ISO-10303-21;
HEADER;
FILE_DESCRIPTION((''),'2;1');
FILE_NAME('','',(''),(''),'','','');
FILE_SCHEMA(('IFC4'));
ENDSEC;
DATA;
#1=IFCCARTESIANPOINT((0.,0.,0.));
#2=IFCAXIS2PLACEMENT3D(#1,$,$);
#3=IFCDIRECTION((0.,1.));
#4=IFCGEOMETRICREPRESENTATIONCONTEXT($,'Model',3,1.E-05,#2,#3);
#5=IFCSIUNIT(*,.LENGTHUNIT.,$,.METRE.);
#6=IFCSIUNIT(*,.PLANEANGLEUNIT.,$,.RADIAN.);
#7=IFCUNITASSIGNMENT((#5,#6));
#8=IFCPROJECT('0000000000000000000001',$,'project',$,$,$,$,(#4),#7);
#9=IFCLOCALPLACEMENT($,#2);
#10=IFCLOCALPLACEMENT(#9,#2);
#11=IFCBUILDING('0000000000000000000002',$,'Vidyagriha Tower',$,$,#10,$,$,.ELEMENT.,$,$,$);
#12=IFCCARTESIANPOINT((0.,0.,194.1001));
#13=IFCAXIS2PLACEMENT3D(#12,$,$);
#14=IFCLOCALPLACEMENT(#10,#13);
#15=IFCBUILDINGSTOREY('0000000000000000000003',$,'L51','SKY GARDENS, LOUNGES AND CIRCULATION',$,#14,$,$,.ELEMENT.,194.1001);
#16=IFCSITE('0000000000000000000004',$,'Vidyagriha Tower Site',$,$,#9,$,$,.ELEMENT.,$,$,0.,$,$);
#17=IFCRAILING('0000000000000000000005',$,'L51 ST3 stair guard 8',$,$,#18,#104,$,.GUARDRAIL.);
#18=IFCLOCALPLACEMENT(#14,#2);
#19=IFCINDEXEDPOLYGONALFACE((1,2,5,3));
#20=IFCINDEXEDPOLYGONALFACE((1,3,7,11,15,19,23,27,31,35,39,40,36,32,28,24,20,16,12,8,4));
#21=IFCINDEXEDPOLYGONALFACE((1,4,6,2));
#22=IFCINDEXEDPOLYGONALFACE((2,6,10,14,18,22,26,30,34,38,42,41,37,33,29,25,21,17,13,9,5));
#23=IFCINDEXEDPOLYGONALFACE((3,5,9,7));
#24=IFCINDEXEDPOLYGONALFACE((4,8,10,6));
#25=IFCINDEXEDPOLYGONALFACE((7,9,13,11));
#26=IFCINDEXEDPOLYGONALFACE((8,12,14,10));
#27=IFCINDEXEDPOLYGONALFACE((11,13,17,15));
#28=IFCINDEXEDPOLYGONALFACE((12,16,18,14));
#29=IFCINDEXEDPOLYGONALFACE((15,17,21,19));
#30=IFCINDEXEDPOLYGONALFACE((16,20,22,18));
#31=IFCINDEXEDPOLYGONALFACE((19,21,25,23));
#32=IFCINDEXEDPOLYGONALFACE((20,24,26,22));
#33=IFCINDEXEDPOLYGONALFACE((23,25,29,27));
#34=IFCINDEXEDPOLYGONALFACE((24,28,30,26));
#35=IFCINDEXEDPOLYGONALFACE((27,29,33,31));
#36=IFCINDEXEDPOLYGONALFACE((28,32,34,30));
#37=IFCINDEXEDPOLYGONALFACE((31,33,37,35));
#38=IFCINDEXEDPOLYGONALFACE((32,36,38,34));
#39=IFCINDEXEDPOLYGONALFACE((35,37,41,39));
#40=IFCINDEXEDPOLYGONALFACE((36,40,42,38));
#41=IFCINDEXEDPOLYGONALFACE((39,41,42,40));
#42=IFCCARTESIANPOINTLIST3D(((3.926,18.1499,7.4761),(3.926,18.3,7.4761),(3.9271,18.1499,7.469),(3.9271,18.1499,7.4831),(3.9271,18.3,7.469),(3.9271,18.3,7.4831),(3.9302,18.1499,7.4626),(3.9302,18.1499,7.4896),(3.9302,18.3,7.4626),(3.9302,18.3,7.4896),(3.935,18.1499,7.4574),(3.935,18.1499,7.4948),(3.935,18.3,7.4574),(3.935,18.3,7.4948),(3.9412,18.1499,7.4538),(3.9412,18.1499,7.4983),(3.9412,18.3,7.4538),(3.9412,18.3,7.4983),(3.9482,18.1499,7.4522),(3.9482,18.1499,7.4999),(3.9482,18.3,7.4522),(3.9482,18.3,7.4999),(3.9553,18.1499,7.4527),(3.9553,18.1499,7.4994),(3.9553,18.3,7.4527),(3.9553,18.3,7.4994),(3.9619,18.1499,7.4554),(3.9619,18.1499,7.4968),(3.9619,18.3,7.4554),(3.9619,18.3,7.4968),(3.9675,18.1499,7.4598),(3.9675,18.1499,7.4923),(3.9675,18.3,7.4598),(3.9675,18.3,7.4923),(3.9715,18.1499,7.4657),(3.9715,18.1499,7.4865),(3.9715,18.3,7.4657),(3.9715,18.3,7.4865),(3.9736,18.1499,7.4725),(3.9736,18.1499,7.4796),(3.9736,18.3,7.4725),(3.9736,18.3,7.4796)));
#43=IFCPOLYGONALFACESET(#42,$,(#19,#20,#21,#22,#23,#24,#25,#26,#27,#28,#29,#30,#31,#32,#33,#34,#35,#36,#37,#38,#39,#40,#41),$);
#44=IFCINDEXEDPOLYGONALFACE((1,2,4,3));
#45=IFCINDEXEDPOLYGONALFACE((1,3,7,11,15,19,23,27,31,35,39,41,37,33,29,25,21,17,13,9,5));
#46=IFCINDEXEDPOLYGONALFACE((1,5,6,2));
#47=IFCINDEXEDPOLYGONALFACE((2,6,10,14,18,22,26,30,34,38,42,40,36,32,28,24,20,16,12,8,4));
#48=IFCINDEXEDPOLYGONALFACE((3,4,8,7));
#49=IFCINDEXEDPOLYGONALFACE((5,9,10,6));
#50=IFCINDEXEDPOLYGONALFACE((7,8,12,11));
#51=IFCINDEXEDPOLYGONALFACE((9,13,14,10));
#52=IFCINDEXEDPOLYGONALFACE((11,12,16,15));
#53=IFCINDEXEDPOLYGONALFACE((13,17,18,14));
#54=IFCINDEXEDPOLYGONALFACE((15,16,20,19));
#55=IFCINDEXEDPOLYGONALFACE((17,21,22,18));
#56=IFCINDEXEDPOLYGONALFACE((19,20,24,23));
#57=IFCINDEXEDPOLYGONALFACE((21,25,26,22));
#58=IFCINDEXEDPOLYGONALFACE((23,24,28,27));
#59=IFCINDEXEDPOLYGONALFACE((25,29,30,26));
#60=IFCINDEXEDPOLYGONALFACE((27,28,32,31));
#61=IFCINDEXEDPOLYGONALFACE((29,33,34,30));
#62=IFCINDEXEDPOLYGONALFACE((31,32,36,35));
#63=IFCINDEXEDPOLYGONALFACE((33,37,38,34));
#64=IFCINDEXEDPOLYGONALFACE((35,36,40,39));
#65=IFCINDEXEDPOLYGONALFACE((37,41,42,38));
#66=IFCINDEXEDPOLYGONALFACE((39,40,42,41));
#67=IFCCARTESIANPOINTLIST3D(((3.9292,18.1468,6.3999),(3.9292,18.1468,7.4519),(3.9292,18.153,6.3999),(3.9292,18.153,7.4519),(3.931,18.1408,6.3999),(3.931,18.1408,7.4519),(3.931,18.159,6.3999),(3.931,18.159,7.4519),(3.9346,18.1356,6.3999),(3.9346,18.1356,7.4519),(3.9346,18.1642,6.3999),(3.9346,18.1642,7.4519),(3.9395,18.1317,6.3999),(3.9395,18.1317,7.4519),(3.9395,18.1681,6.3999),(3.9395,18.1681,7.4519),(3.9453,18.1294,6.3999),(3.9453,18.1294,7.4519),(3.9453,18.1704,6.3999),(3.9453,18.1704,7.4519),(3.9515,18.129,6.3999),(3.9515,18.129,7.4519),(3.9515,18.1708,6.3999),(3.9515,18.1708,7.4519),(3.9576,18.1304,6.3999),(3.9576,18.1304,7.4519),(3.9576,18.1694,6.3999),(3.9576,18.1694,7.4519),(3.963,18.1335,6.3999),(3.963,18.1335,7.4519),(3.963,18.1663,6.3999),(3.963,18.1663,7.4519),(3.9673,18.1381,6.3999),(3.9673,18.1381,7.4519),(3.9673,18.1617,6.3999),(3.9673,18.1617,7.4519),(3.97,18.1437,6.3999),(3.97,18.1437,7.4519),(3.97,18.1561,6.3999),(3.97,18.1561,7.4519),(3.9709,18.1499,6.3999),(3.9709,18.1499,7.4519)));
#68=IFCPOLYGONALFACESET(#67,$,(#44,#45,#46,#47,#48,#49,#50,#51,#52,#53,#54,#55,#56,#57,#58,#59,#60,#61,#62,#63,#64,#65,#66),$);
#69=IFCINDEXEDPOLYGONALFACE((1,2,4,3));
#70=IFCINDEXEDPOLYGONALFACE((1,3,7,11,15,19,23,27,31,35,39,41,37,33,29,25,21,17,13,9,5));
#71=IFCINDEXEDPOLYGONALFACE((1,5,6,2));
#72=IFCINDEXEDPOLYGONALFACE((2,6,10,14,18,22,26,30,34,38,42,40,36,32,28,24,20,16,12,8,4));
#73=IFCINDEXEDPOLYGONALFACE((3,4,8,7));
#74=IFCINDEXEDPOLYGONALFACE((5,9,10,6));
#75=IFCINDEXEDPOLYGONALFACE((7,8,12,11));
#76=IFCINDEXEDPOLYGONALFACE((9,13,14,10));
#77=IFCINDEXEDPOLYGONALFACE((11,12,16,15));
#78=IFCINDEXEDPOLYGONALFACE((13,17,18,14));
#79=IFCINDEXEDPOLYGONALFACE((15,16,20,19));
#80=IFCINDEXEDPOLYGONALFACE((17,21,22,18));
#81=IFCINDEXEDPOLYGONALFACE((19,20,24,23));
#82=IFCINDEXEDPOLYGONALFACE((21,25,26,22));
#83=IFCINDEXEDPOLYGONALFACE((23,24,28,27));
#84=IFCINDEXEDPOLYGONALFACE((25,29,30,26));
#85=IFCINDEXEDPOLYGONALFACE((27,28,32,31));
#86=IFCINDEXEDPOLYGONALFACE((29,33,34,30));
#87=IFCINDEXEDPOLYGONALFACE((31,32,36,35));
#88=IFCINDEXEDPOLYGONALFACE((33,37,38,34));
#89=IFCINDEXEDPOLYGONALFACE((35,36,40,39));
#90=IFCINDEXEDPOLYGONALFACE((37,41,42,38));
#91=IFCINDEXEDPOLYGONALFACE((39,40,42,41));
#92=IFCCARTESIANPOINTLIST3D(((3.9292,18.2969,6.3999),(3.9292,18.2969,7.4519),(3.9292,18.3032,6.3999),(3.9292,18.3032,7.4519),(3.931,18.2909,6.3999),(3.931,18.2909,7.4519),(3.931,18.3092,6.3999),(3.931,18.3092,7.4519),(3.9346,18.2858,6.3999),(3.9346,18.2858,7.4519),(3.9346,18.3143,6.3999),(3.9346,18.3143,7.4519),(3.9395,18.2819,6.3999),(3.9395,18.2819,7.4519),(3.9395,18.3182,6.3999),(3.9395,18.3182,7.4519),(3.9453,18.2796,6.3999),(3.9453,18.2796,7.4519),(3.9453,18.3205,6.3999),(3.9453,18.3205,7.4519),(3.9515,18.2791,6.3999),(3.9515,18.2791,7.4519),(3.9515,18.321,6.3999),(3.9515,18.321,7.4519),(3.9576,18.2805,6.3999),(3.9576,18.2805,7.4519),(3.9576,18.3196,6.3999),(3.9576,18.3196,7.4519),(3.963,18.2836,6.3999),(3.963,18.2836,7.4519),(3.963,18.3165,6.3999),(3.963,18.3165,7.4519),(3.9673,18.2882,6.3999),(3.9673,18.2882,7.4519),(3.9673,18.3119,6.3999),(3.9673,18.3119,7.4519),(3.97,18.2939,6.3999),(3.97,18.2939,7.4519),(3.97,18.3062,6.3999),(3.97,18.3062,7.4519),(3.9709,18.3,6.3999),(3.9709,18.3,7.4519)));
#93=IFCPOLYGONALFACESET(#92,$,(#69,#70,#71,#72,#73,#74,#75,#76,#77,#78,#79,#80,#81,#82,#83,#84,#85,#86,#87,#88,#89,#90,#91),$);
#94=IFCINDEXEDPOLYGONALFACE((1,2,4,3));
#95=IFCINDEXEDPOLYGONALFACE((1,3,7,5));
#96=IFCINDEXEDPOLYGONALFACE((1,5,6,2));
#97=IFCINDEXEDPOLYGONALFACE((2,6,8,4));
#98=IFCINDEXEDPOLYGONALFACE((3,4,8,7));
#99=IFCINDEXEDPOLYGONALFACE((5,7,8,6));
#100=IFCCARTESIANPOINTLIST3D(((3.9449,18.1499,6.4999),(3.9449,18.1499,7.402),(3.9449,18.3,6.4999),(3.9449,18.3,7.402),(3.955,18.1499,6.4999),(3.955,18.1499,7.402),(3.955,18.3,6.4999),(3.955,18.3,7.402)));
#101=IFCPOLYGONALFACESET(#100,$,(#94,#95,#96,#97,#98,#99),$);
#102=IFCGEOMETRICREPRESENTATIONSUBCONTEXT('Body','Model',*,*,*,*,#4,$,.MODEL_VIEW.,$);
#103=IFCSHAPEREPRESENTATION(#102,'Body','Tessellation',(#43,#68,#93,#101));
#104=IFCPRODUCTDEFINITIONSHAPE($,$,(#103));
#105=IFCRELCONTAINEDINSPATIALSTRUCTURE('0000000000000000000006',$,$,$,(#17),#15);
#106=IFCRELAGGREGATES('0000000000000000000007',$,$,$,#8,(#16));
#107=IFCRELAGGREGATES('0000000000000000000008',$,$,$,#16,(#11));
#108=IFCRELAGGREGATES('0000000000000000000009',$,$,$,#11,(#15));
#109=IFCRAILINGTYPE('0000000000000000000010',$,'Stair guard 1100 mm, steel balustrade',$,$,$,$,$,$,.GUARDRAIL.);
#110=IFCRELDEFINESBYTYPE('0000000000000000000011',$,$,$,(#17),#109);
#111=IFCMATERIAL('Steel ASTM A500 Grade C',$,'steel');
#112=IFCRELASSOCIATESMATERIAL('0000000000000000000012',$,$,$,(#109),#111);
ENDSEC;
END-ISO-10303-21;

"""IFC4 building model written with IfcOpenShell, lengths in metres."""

from ifc_helpers import new_model, si_unit, direction, frame, origin, origin_2d, place, context, subcontext, project, spatial, rectangle, circle, extrude, material, type_object, element, save


model = new_model("IFC4")

# Units and contexts
model_context = context("Model", 3, precision=1e-05, world=origin(), true_north=direction((0.0, 1.0)))
body_context = subcontext(model_context, "Body", "Model", "MODEL_VIEW")
ifc_project = project(units=[si_unit("LENGTHUNIT", "METRE"), si_unit("PLANEANGLEUNIT", "RADIAN")], contexts=[model_context])

# Site, building, storey
site_placement = place(None, origin())
site = spatial("IfcSite", under=ifc_project, at=site_placement, Name="Vidyagriha Tower Site", CompositionType="ELEMENT", RefElevation=0.0)
building_placement = place(site_placement, origin())
building = spatial("IfcBuilding", under=site, at=building_placement, Name="Vidyagriha Tower", CompositionType="ELEMENT")
storey_placement = place(building_placement, frame((0.0, 0.0, 194.1001)))
storey = spatial("IfcBuildingStorey", under=building, at=storey_placement, Name="L51", Description="SKY GARDENS, LOUNGES AND CIRCULATION", CompositionType="ELEMENT", Elevation=194.1001)

# Railing
ifc_material_1 = material(Name="Steel ASTM A500 Grade C", Category="steel")
railing_type_1 = type_object("IfcRailingType", Name="Stair guard 1100 mm, steel balustrade", PredefinedType="GUARDRAIL", material=ifc_material_1)
railing_1_placement = place(storey_placement, frame((3.95, 18.1499, 6.3999)))
element("IfcRailing", 1, at=railing_1_placement, inside=storey, type_object=railing_type_1, Name="L51 ST3 stair guard 8", PredefinedType="GUARDRAIL", context=body_context, shape_type="SweptSolid", body=[
    extrude(circle(Radius=0.0239, at=origin_2d()), frame((0.0, 0.0, 1.0762), z_axis=(0.0, 1.0, 0.0), x_axis=(-1.0, 0.0, 0.0)), (0.0, 0.0, 1.0), 0.1501),
    extrude(circle(Radius=0.021, at=origin_2d()), origin(), (0.0, 0.0, 1.0), 1.052),
    extrude(circle(Radius=0.021, at=origin_2d()), frame((0.0, 0.1501, 0.0)), (0.0, 0.0, 1.0), 1.052),
    extrude(rectangle(XDim=0.01, YDim=0.9021, at=origin_2d()), frame((0.0, 0.0, 0.551), z_axis=(0.0, 1.0, 0.0), x_axis=(-1.0, 0.0, 0.0)), (0.0, 0.0, 1.0), 0.1501),
])

save(model, "model.ifc")
